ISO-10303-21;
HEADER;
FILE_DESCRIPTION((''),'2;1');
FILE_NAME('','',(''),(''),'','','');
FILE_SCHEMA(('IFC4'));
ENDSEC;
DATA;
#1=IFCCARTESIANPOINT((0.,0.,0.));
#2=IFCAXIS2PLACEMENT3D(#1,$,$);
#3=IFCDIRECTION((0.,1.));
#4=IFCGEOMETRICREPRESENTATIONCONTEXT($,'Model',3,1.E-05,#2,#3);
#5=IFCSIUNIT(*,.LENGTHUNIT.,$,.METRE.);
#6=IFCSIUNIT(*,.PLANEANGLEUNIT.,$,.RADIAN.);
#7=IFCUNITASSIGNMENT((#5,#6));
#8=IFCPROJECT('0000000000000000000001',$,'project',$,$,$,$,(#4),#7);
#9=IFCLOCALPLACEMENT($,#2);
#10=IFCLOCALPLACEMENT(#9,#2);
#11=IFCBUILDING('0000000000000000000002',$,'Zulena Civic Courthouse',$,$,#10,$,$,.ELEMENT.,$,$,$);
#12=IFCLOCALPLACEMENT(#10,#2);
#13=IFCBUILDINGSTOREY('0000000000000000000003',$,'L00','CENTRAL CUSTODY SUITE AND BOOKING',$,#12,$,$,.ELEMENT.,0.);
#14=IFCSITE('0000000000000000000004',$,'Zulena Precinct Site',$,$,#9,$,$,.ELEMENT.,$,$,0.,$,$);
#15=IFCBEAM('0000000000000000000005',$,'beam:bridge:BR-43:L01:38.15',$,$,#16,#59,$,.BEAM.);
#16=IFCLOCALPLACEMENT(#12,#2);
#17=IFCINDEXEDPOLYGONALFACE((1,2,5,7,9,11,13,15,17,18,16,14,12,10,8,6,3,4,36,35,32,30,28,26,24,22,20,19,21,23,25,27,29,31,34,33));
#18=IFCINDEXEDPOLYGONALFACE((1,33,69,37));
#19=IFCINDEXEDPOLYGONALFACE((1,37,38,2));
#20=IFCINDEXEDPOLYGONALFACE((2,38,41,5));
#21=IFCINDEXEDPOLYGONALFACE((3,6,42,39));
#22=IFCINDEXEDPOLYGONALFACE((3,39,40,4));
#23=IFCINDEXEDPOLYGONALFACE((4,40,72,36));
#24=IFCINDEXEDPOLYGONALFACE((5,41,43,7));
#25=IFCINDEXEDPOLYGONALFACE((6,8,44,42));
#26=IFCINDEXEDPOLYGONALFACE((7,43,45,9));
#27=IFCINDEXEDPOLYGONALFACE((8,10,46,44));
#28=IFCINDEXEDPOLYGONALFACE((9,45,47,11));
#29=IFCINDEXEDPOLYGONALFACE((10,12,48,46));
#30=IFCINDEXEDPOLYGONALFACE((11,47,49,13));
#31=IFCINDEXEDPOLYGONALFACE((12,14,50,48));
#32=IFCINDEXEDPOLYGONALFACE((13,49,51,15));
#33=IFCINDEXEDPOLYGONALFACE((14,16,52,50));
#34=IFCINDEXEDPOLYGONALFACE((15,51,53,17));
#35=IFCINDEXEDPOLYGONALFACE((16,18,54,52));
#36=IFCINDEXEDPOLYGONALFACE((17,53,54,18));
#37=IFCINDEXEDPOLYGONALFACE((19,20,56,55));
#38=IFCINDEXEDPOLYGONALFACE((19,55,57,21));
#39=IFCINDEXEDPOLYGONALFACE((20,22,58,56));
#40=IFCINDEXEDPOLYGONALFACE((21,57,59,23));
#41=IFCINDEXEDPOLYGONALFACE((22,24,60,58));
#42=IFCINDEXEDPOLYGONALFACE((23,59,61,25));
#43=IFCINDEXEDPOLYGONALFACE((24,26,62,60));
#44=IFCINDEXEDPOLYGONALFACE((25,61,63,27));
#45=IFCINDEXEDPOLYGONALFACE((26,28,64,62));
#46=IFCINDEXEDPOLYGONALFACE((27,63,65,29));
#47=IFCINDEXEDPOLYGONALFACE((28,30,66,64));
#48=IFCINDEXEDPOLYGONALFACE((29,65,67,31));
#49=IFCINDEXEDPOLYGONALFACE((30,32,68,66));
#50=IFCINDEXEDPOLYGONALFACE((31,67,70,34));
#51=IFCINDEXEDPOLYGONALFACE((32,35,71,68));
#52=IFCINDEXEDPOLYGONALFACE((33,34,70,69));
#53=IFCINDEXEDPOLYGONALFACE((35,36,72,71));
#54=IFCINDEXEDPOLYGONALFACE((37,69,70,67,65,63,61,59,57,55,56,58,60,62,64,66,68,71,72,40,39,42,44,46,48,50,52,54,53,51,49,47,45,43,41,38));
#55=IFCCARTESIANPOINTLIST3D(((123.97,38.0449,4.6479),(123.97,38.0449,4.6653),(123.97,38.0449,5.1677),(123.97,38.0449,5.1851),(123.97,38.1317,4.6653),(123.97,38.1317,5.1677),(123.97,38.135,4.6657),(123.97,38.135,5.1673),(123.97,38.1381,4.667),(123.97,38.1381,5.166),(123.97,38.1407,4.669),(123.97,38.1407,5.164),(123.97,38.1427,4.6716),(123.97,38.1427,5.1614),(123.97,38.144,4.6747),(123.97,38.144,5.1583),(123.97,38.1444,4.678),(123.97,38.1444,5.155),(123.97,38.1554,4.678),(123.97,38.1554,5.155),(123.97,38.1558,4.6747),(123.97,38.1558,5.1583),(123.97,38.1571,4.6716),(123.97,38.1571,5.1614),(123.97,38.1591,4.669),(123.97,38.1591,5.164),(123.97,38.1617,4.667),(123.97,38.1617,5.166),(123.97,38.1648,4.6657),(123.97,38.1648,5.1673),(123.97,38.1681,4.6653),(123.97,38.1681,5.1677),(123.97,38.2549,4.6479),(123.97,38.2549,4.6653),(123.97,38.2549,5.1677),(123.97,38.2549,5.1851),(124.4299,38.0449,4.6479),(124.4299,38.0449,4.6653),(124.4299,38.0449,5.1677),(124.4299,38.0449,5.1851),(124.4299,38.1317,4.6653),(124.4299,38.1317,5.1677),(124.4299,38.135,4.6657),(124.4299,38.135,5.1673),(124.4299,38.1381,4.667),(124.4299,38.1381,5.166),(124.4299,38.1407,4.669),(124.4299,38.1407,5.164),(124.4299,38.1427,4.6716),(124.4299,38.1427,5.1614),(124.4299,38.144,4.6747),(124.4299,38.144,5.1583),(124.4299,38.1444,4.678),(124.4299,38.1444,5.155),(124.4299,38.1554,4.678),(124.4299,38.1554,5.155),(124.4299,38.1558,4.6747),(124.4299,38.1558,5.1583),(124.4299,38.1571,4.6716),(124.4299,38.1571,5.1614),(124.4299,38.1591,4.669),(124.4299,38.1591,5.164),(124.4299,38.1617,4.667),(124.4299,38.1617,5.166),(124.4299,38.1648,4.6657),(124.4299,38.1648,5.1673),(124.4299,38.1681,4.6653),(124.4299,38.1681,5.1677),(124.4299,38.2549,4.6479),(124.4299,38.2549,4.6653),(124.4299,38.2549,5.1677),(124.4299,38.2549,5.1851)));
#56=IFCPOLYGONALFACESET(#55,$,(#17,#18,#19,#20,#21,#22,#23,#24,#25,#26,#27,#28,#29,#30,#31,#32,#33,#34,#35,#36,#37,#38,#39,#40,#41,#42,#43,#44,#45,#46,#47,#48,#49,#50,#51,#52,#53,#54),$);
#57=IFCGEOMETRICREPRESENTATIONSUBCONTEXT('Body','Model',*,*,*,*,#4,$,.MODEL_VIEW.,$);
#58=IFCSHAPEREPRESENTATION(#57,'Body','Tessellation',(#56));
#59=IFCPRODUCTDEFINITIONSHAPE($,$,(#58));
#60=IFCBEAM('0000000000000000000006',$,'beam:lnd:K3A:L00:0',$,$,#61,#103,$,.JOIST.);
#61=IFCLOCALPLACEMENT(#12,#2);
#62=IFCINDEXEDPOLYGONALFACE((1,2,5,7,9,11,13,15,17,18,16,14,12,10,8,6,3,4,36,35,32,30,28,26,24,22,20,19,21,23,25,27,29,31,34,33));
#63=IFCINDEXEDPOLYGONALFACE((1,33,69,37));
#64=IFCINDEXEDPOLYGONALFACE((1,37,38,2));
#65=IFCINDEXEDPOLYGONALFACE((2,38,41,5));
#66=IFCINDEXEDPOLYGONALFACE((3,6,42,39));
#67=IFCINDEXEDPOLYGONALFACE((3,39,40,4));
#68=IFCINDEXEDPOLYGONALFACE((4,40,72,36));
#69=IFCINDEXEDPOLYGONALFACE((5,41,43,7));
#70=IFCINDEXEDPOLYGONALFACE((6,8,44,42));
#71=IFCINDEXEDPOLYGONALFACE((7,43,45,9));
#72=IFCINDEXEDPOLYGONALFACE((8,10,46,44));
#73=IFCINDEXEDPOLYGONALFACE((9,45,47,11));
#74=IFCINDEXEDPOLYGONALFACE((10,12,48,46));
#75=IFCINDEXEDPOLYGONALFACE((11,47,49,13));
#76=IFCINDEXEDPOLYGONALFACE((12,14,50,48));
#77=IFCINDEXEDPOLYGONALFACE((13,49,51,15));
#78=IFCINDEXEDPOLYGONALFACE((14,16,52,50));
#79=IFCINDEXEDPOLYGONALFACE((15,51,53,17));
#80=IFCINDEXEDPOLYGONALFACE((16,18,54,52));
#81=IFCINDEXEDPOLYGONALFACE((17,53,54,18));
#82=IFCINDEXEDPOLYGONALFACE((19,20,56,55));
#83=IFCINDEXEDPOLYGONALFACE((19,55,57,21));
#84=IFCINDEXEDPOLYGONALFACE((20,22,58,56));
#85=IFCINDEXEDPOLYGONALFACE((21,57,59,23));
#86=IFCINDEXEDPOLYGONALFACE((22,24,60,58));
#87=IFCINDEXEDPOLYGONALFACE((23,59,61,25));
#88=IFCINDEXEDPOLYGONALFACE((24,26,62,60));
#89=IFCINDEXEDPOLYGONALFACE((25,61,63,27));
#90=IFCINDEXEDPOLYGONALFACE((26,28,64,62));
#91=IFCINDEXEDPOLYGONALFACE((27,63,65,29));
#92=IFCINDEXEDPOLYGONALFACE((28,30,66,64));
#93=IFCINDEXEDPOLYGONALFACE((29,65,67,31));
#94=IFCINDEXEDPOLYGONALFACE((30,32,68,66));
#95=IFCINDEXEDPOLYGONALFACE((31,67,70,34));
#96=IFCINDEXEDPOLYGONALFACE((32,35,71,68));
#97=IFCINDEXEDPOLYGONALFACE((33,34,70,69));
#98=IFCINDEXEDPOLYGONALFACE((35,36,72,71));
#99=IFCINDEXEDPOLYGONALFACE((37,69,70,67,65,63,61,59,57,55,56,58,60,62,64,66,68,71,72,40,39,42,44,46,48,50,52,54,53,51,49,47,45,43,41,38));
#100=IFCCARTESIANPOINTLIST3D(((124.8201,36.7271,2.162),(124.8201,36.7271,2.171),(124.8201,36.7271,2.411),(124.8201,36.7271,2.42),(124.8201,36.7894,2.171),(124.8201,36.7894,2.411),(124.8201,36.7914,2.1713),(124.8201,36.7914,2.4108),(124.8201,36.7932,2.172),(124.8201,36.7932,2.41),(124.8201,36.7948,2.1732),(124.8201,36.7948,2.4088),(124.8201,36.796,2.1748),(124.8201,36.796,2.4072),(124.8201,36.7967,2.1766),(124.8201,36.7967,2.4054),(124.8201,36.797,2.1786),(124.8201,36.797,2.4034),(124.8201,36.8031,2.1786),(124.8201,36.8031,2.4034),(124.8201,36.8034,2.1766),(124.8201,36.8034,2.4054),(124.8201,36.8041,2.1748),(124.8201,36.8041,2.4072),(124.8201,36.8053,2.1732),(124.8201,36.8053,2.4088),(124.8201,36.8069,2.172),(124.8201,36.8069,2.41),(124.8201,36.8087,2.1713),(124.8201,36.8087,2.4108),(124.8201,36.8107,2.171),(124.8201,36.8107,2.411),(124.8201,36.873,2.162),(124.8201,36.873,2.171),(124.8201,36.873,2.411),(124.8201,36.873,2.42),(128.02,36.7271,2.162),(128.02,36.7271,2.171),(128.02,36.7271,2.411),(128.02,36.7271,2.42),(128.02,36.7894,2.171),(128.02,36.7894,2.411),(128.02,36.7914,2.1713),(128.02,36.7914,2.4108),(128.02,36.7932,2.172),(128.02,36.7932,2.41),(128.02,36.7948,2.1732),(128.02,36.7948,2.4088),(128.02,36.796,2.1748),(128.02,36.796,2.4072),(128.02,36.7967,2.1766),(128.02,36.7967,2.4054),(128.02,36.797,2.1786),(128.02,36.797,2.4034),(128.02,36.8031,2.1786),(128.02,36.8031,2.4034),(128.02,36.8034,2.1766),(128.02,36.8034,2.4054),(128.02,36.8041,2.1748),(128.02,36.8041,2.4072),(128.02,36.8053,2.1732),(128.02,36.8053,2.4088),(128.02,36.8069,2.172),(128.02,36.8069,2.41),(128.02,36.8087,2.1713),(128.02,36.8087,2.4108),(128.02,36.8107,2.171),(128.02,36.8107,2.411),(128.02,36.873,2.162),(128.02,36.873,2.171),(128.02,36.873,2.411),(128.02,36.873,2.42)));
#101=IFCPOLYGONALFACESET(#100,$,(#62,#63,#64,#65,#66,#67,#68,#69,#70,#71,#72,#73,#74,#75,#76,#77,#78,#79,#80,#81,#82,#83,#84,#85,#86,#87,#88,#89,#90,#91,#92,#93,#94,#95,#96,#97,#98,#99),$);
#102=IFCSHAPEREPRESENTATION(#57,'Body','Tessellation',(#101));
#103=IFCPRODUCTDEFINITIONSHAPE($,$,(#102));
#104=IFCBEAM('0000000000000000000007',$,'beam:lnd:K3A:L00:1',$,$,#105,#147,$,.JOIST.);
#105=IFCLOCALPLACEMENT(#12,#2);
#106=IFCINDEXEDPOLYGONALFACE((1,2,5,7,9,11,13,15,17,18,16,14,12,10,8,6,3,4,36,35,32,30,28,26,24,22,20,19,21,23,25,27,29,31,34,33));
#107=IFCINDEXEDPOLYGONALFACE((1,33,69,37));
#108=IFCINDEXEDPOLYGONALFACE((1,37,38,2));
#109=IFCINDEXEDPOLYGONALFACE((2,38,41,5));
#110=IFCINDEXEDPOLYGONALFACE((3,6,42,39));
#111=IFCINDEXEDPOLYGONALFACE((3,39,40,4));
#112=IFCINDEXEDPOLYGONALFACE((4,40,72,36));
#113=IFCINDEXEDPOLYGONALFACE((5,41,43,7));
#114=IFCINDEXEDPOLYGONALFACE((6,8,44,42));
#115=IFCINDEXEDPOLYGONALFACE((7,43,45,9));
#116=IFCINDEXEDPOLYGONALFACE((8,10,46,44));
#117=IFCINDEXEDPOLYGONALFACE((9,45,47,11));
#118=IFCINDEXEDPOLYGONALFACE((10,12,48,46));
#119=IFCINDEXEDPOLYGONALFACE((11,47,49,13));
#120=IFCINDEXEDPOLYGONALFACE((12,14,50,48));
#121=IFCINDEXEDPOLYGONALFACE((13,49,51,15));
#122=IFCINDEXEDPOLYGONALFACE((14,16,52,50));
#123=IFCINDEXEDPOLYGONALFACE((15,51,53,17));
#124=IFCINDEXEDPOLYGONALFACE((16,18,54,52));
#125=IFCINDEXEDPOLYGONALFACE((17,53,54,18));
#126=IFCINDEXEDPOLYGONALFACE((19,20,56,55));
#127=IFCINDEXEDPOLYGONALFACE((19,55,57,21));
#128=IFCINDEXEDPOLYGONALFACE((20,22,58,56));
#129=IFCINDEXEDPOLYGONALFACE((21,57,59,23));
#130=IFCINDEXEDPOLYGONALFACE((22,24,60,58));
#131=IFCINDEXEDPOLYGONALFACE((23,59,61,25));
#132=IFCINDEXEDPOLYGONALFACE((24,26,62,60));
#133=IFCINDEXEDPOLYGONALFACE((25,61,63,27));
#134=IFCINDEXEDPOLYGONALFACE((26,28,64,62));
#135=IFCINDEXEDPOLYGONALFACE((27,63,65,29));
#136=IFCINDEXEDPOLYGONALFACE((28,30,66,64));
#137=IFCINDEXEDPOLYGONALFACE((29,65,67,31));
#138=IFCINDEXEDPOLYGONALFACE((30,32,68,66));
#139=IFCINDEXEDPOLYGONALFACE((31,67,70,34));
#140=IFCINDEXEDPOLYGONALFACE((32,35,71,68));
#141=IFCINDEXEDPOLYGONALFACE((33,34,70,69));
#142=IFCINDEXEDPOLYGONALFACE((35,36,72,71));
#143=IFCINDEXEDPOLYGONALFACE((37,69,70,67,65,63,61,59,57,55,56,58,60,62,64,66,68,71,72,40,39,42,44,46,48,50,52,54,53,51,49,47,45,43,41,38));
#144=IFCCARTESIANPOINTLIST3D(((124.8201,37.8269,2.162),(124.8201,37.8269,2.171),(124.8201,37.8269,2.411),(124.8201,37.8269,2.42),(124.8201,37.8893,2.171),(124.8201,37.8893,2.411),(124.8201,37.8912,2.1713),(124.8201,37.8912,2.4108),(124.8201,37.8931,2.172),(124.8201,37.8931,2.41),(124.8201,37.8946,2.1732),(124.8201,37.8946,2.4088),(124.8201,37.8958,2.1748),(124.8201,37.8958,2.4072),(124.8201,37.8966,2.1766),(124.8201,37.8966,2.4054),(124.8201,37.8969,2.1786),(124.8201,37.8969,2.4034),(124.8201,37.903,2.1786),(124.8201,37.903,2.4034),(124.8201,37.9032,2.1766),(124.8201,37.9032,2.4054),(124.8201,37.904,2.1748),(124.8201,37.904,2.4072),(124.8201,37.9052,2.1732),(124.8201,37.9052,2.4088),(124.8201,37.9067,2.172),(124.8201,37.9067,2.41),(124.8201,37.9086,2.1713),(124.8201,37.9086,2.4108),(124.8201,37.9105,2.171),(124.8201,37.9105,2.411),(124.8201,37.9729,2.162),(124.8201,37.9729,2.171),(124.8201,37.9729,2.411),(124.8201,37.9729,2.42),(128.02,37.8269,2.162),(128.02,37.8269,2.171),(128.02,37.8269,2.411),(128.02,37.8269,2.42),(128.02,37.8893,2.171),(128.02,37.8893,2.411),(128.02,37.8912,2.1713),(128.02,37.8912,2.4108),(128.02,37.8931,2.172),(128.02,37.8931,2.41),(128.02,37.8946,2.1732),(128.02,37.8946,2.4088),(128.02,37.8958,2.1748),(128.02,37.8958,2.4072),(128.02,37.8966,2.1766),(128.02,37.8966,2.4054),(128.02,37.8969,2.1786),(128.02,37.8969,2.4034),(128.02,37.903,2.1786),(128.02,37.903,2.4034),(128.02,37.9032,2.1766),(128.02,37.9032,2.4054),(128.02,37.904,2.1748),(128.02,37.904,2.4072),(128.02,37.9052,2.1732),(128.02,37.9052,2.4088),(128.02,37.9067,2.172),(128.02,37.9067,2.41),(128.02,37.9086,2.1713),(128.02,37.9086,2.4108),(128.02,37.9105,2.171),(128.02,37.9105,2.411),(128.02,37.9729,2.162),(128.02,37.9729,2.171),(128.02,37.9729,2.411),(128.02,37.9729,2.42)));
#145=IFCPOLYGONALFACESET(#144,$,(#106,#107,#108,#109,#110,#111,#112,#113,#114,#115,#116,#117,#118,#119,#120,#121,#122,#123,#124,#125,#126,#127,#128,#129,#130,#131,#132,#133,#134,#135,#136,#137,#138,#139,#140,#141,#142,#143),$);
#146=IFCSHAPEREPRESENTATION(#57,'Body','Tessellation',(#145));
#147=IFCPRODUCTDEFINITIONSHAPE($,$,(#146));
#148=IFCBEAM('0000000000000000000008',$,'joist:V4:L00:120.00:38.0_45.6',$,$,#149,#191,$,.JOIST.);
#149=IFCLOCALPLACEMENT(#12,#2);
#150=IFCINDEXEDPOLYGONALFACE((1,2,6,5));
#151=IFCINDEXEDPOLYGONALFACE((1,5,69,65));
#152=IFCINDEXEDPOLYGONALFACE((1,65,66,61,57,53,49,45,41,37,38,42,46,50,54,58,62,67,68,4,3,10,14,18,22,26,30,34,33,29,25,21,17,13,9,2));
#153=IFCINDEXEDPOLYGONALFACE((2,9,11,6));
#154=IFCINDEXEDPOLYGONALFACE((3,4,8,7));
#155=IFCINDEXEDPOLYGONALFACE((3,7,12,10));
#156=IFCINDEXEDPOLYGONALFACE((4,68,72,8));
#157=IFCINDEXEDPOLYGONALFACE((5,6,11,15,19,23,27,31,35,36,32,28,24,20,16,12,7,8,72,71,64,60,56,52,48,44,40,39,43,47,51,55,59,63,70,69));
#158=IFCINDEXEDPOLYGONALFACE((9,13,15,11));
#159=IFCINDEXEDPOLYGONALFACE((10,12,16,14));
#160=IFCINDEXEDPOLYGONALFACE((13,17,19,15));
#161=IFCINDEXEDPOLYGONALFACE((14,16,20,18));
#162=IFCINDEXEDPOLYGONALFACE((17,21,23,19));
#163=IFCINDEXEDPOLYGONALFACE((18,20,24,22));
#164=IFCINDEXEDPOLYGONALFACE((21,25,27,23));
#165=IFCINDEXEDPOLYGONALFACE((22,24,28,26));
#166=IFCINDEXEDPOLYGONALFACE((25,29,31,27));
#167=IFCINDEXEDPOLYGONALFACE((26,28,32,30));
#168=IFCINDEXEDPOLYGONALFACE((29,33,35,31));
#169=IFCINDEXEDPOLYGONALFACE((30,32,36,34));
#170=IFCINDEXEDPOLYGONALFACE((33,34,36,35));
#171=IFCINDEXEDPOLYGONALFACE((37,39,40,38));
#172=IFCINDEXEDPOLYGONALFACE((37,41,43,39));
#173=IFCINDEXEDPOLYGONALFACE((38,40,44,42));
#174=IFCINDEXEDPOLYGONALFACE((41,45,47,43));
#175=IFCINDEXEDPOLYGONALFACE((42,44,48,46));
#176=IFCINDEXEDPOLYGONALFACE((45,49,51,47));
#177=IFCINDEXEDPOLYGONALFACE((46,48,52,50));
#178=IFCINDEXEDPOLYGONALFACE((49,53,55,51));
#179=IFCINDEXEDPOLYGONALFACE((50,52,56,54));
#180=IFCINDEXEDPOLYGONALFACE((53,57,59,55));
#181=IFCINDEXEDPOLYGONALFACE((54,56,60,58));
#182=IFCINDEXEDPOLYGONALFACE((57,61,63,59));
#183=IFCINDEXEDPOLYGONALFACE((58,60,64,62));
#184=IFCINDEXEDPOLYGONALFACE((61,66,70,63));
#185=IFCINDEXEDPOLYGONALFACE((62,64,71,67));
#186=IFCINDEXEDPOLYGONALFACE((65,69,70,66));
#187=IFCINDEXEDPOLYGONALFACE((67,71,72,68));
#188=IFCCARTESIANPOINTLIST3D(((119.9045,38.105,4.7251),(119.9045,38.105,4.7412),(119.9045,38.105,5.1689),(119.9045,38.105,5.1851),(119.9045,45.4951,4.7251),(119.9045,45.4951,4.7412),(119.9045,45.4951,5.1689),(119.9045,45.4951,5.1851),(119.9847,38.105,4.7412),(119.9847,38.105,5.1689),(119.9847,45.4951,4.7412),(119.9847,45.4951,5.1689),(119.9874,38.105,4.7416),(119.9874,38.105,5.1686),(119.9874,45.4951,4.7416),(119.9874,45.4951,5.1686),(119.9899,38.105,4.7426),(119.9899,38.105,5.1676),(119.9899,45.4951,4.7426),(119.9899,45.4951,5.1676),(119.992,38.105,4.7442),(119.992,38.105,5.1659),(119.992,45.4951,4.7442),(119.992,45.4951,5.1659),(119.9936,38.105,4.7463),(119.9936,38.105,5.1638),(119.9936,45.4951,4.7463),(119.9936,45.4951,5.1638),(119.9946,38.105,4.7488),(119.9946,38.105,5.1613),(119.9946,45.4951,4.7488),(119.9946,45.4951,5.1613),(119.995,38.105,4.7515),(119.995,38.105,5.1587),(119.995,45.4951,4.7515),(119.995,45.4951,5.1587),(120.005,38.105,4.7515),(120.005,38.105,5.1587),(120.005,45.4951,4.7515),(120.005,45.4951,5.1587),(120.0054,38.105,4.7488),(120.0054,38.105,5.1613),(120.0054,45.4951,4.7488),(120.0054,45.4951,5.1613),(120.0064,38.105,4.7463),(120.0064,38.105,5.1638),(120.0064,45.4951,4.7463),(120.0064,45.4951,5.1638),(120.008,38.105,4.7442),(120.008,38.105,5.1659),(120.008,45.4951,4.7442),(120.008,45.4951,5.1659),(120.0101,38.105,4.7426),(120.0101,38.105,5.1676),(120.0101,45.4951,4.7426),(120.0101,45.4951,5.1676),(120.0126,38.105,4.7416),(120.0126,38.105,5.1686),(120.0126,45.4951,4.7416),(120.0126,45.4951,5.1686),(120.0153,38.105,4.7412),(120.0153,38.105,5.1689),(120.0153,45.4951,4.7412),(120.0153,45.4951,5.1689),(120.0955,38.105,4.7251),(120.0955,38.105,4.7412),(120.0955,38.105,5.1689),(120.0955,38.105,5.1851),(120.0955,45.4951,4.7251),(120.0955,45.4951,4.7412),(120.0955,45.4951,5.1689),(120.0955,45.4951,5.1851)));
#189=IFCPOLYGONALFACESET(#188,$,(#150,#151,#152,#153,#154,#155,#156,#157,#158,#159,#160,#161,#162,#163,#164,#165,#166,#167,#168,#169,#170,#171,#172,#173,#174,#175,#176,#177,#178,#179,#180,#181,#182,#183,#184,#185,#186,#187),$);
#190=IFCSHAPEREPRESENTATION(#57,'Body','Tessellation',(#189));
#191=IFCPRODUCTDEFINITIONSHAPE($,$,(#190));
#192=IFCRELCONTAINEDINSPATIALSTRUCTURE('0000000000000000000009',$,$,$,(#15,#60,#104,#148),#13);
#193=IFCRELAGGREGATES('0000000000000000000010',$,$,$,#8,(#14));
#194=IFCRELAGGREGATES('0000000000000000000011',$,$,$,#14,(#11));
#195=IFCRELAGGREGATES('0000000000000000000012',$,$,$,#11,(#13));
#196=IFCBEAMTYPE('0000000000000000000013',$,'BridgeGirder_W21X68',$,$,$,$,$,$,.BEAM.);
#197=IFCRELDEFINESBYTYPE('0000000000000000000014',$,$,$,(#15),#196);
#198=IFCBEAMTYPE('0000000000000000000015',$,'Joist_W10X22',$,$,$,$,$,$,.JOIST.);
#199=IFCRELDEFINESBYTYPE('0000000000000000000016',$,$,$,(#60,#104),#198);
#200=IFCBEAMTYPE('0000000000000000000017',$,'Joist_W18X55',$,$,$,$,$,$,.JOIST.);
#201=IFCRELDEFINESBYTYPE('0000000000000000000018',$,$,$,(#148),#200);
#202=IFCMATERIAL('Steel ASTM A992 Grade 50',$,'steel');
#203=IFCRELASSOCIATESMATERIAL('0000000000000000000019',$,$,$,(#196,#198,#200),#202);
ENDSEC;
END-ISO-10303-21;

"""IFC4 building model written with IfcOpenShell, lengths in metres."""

from ifc_helpers import new_model, si_unit, direction, frame, origin, origin_2d, place, context, subcontext, project, spatial, i_section, extrude, material, material_profile, profile_set, type_object, element, save


model = new_model("IFC4")

# Units and contexts
model_context = context("Model", 3, precision=1e-05, world=origin(), true_north=direction((0.0, 1.0)))
body_context = subcontext(model_context, "Body", "Model", "MODEL_VIEW")
ifc_project = project(units=[si_unit("LENGTHUNIT", "METRE"), si_unit("PLANEANGLEUNIT", "RADIAN")], contexts=[model_context])

# Site, building, storey
site_placement = place(None, origin())
site = spatial("IfcSite", under=ifc_project, at=site_placement, Name="Zulena Precinct Site", CompositionType="ELEMENT", RefElevation=0.0)
building_placement = place(site_placement, origin())
building = spatial("IfcBuilding", under=site, at=building_placement, Name="Zulena Civic Courthouse", CompositionType="ELEMENT")
storey_placement = place(building_placement, origin())
storey = spatial("IfcBuildingStorey", under=building, at=storey_placement, Name="L00", Description="CENTRAL CUSTODY SUITE AND BOOKING", CompositionType="ELEMENT", Elevation=0.0)

# Shared definitions
ifc_material_1 = material(Name="Steel ASTM A992 Grade 50", Category="steel")

# Beams
ifc_material_profile_1 = material_profile(ifc_material_1, i_section(OverallWidth=0.21, OverallDepth=0.5371, WebThickness=0.011, FlangeThickness=0.0173, FilletRadius=0.0127, at=origin_2d()), Name="W21X68")
ifc_profile_set_1 = profile_set([ifc_material_profile_1], Name="Steel ASTM A992 Grade 50")
beam_type_1 = type_object("IfcBeamType", Name="BridgeGirder_W21X68", PredefinedType="BEAM", material=ifc_profile_set_1)
beam_1_placement = place(storey_placement, frame((123.97, 38.1499, 4.9165), z_axis=(1.0, 0.0, 0.0), x_axis=(0.0, 1.0, 0.0)))
element("IfcBeam", 1, at=beam_1_placement, inside=storey, type_object=beam_type_1, Name="beam:bridge:BR-43:L01:38.15", PredefinedType="BEAM", context=body_context, shape_type="SweptSolid", body=[
    extrude(i_section(OverallWidth=0.21, OverallDepth=0.5371, WebThickness=0.011, FlangeThickness=0.0173, FilletRadius=0.0127, at=origin_2d()), origin(), (0.0, 0.0, 1.0), 0.46),
])
ifc_material_profile_2 = material_profile(ifc_material_1, i_section(OverallWidth=0.146, OverallDepth=0.2581, WebThickness=0.0061, FlangeThickness=0.009, FilletRadius=0.0076, at=origin_2d()), Name="W10X22")
ifc_profile_set_2 = profile_set([ifc_material_profile_2], Name="Steel ASTM A992 Grade 50")
beam_type_2 = type_object("IfcBeamType", Name="Joist_W10X22", PredefinedType="JOIST", material=ifc_profile_set_2)
for number, where, z_axis, x_axis, name in (
    (2, (124.8201, 36.8, 2.291), (1.0, 0.0, 0.0), (0.0, 1.0, 0.0), "beam:lnd:K3A:L00:0"),
    (3, (124.8201, 37.8999, 2.291), (1.0, 0.0, 0.0), (0.0, 1.0, 0.0), "beam:lnd:K3A:L00:1"),
):
    element("IfcBeam", number, at=place(storey_placement, frame(where, z_axis=z_axis, x_axis=x_axis)), inside=storey, type_object=beam_type_2, Name=name, PredefinedType="JOIST", context=body_context, shape_type="SweptSolid", body=[
        extrude(i_section(OverallWidth=0.146, OverallDepth=0.2581, WebThickness=0.0061, FlangeThickness=0.009, FilletRadius=0.0076, at=origin_2d()), origin(), (0.0, 0.0, 1.0), 3.2),
    ])
ifc_material_profile_3 = material_profile(ifc_material_1, i_section(OverallWidth=0.1909, OverallDepth=0.46, WebThickness=0.01, FlangeThickness=0.0161, FilletRadius=0.0103, at=origin_2d()), Name="W18X55")
ifc_profile_set_3 = profile_set([ifc_material_profile_3], Name="Steel ASTM A992 Grade 50")
beam_type_3 = type_object("IfcBeamType", Name="Joist_W18X55", PredefinedType="JOIST", material=ifc_profile_set_3)
beam_2_placement = place(storey_placement, frame((120.0, 38.105, 4.9551), z_axis=(0.0, 1.0, 0.0), x_axis=(-1.0, 0.0, 0.0)))
element("IfcBeam", 4, at=beam_2_placement, inside=storey, type_object=beam_type_3, Name="joist:V4:L00:120.00:38.0_45.6", PredefinedType="JOIST", context=body_context, shape_type="SweptSolid", body=[
    extrude(i_section(OverallWidth=0.1909, OverallDepth=0.46, WebThickness=0.01, FlangeThickness=0.0161, FilletRadius=0.0103, at=origin_2d()), origin(), (0.0, 0.0, 1.0), 7.3901),
])

save(model, "model.ifc")
